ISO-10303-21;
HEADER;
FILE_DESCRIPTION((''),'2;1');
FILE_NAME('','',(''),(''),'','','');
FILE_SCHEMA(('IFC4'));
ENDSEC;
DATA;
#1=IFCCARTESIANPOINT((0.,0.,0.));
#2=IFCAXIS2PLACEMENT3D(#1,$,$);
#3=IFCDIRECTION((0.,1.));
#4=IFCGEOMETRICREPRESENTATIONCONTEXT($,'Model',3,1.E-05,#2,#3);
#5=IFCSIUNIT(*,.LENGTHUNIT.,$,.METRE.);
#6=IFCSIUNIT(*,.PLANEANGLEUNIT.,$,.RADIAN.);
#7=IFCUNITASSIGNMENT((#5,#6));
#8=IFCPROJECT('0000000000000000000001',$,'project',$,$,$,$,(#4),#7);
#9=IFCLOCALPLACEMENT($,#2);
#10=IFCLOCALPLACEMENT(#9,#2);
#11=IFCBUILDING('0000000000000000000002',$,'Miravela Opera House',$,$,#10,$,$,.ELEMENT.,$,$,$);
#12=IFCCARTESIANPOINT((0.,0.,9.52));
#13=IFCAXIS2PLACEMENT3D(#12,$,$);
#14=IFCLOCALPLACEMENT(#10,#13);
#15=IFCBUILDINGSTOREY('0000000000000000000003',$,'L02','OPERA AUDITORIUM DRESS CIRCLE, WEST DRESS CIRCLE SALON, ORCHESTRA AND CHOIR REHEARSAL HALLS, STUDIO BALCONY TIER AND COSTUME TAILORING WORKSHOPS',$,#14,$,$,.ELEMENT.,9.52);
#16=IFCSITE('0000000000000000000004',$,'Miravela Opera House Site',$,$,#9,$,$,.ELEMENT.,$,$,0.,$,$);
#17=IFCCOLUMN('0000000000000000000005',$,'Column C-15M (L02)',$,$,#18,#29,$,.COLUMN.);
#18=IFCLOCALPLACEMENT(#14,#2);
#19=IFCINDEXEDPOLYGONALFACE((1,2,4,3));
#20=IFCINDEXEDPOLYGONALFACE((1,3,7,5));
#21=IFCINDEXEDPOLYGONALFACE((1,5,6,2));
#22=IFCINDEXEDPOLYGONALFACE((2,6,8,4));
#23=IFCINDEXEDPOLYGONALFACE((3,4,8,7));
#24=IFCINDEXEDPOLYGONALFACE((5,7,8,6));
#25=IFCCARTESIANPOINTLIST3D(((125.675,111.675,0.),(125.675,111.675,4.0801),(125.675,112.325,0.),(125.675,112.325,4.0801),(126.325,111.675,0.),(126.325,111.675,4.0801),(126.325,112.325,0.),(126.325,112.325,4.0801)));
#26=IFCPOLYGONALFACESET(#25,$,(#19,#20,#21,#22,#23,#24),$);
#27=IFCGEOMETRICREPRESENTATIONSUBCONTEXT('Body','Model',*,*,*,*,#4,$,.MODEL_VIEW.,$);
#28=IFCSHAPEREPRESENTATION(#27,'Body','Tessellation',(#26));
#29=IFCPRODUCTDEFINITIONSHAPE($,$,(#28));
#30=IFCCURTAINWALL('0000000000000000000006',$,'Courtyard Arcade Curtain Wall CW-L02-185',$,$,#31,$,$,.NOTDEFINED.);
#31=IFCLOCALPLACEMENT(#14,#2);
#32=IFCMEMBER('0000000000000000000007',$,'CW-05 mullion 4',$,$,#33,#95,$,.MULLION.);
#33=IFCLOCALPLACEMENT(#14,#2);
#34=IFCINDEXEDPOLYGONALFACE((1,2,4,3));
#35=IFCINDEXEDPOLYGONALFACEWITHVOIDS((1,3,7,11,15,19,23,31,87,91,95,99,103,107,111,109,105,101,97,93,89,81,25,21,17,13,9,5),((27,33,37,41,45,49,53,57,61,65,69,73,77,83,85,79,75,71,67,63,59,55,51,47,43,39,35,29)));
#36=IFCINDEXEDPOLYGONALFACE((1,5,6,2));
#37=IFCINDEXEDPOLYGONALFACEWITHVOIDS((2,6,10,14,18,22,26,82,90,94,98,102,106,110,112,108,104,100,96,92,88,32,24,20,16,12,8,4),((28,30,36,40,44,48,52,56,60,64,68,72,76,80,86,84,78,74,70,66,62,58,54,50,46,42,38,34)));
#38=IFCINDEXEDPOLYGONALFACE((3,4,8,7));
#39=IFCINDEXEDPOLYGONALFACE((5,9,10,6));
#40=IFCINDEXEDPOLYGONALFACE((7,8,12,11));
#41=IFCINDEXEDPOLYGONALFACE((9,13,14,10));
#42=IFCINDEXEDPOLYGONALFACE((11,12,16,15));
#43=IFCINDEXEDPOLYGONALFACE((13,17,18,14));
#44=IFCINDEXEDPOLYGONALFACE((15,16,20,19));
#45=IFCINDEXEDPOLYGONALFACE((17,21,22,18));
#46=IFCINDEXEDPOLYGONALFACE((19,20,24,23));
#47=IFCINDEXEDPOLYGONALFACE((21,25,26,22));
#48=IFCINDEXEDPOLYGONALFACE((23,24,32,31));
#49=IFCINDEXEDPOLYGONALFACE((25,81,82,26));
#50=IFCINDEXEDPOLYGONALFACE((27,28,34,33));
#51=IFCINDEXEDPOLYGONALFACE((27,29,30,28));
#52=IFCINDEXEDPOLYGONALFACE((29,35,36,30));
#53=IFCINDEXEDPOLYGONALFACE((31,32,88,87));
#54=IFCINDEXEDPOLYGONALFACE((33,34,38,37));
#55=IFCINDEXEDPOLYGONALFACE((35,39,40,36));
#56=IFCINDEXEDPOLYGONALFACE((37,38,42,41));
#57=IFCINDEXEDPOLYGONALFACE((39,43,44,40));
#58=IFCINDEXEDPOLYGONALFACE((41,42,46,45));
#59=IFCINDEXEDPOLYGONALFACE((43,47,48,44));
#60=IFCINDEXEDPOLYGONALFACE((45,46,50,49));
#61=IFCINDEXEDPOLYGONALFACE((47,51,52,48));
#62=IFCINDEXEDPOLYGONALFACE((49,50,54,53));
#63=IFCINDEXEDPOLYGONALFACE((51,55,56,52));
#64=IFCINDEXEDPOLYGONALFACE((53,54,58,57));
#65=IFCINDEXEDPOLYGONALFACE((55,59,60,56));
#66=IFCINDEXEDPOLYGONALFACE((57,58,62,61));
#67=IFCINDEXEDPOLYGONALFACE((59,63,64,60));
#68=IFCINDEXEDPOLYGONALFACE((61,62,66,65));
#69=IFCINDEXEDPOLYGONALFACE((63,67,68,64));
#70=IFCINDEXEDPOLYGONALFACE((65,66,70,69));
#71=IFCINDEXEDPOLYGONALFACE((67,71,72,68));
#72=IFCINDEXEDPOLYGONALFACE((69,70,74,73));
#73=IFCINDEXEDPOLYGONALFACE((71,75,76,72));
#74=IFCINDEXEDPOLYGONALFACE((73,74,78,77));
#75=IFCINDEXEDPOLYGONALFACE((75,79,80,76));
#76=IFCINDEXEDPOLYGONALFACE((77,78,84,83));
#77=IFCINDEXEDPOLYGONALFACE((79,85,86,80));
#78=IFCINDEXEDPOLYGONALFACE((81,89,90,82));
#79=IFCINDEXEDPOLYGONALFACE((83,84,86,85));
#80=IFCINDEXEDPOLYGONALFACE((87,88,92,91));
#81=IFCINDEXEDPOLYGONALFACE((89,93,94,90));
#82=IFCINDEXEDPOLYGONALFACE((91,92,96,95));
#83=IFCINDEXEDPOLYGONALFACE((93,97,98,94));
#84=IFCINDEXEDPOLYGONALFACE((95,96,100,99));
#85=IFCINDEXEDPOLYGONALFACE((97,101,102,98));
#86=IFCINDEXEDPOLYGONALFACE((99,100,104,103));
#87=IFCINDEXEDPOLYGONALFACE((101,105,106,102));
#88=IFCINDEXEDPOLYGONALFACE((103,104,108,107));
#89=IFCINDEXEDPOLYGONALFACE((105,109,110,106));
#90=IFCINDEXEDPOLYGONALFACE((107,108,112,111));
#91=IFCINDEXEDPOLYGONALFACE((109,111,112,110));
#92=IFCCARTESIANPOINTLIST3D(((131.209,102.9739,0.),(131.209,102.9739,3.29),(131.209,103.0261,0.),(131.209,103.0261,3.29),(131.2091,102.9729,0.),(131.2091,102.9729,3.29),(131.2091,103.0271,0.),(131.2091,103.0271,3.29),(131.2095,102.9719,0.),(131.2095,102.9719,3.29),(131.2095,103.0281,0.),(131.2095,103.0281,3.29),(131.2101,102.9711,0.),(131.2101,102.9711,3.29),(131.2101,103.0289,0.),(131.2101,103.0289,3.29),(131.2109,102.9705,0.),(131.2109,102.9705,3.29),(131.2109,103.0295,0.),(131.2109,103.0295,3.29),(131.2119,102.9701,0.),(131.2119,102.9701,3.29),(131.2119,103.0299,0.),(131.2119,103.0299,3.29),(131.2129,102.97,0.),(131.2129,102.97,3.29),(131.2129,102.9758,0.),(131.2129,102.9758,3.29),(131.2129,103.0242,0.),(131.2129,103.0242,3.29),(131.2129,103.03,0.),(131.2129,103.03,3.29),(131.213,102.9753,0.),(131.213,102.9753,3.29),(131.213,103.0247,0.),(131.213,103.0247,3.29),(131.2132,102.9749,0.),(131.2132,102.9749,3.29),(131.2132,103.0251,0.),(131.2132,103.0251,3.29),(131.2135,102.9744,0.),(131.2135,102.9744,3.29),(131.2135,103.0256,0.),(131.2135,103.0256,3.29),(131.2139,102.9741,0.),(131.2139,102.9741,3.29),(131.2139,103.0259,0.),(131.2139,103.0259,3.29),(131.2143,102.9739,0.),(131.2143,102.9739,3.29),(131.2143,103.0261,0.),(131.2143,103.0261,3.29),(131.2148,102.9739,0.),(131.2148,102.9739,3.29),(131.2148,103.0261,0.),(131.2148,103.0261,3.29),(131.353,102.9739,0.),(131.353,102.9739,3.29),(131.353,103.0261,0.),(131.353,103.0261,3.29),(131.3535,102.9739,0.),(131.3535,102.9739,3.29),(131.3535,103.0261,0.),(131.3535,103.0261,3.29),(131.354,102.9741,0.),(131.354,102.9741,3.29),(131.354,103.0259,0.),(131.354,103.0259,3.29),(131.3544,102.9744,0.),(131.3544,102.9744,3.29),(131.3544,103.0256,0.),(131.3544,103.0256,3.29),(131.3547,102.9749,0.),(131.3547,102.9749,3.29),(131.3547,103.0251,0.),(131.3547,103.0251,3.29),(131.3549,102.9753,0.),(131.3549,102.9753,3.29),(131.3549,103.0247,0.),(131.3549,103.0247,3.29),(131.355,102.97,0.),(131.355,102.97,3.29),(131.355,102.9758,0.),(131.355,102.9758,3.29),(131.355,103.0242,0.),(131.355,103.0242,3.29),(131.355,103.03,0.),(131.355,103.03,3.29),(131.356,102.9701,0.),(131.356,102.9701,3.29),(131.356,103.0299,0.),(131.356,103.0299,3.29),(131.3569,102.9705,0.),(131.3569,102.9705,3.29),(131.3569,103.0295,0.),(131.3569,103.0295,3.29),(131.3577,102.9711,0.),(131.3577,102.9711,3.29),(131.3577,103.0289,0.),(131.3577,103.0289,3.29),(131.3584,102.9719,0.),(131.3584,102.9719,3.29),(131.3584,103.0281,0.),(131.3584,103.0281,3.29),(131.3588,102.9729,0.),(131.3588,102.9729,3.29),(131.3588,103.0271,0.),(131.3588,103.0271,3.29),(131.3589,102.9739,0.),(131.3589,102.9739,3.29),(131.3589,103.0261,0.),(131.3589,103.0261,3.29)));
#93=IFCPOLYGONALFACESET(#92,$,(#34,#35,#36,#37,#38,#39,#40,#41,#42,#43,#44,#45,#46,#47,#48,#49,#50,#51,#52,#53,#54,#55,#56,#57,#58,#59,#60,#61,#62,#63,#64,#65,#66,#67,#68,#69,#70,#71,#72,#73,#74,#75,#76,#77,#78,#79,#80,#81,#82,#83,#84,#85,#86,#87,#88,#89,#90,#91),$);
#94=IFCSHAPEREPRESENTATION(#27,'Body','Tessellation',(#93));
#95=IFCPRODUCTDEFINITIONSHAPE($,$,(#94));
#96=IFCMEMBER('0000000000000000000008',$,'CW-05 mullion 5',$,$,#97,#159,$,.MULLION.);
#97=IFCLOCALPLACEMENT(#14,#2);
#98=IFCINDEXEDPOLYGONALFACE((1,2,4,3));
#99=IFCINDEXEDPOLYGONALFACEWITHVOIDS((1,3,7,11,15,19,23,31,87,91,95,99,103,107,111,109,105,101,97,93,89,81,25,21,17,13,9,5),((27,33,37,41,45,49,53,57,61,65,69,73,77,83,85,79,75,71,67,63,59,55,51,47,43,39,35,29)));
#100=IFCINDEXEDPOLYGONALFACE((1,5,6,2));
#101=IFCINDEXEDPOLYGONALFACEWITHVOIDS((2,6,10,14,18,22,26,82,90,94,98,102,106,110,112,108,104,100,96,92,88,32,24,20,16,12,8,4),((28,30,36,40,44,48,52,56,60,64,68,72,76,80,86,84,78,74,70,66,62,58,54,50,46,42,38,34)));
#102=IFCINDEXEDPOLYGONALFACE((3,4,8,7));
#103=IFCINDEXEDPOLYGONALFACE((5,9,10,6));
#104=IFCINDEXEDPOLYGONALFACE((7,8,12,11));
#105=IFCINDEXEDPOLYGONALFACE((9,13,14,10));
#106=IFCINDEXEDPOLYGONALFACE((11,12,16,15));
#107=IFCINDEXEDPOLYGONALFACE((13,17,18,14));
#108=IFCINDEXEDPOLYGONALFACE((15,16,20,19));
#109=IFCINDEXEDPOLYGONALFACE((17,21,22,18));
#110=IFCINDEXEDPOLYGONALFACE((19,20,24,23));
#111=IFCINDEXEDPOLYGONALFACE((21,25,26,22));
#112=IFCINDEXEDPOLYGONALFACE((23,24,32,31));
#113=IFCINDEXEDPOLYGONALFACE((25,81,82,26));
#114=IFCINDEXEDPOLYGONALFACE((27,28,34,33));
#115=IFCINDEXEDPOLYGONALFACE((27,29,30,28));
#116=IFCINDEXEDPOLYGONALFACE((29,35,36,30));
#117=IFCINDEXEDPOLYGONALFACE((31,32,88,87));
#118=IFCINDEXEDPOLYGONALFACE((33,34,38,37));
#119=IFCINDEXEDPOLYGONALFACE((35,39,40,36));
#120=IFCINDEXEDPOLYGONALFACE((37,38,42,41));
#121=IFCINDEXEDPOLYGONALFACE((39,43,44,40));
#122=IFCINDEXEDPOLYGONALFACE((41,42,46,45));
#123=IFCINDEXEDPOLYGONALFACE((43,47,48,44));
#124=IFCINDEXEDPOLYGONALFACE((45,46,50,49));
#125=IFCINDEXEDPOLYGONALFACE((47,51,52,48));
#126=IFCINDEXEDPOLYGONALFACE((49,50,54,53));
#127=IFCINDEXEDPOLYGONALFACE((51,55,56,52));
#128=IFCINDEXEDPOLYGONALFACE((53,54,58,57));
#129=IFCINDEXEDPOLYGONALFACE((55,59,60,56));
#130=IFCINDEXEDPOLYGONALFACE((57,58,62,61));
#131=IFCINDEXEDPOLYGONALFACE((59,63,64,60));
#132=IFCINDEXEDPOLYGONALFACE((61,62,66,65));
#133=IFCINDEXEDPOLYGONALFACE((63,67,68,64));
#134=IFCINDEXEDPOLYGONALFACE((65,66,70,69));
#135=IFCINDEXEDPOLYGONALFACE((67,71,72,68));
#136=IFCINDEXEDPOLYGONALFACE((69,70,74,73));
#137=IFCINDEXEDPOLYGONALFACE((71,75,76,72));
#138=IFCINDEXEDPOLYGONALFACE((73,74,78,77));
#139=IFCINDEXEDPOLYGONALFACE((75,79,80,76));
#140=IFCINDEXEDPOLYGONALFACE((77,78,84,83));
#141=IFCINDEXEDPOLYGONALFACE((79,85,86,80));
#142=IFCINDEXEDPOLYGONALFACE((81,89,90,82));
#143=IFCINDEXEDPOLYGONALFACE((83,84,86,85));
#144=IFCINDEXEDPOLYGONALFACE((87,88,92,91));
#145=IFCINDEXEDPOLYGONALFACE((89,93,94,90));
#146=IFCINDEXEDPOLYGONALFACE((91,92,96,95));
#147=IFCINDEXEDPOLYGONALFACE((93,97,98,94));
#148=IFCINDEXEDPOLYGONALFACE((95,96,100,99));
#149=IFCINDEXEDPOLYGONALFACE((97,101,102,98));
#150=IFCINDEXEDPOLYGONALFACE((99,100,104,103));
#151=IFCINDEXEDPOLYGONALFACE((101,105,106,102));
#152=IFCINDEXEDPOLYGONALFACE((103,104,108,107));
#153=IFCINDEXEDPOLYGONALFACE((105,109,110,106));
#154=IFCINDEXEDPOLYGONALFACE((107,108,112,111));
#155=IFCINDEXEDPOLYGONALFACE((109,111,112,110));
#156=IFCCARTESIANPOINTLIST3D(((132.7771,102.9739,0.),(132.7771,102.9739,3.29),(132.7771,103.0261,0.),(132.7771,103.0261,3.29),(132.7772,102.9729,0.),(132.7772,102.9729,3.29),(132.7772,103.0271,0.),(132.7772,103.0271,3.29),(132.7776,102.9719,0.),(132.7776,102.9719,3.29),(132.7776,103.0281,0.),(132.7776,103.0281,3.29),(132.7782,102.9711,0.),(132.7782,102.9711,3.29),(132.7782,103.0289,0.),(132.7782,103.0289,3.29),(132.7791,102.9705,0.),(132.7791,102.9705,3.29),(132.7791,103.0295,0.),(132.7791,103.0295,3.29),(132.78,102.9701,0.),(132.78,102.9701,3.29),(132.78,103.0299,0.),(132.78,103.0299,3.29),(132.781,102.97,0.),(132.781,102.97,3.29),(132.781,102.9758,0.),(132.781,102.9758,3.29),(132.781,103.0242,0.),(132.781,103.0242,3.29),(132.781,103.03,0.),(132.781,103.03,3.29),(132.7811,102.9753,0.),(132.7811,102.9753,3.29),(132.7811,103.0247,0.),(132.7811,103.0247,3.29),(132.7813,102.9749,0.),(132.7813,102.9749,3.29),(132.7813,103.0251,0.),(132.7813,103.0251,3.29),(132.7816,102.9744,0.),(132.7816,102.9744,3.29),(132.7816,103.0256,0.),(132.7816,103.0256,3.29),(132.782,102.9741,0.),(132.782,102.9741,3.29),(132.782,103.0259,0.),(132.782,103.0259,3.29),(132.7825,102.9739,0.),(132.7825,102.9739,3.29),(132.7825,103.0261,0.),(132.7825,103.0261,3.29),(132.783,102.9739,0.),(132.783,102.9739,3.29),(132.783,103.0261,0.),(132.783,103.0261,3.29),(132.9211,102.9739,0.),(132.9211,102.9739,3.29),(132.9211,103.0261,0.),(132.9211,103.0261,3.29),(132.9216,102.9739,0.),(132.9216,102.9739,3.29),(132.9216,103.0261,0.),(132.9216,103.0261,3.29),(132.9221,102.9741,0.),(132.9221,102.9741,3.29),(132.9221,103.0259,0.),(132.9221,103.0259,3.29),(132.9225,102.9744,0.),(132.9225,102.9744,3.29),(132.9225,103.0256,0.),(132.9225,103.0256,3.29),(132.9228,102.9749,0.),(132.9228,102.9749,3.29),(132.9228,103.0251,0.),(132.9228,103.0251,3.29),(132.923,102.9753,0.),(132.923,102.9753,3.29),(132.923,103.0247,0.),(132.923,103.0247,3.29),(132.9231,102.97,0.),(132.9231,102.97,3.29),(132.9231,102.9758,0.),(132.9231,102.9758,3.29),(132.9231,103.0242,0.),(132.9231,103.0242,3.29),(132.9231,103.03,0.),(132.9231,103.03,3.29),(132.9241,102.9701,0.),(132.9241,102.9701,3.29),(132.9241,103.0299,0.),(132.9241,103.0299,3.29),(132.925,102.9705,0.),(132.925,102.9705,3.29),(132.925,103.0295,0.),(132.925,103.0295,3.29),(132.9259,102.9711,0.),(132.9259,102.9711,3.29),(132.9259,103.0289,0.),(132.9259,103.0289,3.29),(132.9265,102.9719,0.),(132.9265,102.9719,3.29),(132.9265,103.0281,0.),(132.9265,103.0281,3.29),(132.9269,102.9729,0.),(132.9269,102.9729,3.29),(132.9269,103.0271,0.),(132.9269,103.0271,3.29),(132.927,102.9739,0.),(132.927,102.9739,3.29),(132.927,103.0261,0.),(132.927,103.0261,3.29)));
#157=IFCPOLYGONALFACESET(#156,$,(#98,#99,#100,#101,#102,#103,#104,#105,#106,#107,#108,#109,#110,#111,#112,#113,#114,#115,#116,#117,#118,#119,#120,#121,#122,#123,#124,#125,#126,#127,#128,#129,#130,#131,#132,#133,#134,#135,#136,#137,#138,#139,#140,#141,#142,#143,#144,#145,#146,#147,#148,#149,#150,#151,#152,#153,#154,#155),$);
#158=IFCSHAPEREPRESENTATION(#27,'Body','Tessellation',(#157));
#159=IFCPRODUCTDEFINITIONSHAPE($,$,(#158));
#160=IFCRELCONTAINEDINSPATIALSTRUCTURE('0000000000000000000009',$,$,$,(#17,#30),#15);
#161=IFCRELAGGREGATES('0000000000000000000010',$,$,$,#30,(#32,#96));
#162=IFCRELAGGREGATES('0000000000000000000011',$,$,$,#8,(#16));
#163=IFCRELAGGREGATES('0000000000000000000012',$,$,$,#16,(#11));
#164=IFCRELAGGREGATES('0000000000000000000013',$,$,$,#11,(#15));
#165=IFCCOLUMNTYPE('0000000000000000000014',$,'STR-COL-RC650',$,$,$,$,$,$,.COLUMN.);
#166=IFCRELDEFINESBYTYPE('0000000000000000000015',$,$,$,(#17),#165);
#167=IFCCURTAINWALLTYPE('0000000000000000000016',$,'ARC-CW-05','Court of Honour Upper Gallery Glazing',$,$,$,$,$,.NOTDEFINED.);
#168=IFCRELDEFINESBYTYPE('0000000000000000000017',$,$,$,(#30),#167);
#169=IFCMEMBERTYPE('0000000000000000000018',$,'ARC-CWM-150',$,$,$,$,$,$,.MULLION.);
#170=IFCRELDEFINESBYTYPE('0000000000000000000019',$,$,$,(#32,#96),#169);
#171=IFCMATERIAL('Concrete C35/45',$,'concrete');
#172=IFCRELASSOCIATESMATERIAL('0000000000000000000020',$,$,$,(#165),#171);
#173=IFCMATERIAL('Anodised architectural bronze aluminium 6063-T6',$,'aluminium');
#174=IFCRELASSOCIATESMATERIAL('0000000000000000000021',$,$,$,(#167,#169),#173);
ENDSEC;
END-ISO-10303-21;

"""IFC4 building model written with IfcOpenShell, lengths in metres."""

from ifc_helpers import new_model, si_unit, direction, frame, origin, origin_2d, place, context, subcontext, project, spatial, rectangle, hollow_rectangle, extrude, material, material_profile, profile_set, type_object, element, aggregate, save


model = new_model("IFC4")

# Units and contexts
model_context = context("Model", 3, precision=1e-05, world=origin(), true_north=direction((0.0, 1.0)))
body_context = subcontext(model_context, "Body", "Model", "MODEL_VIEW")
ifc_project = project(units=[si_unit("LENGTHUNIT", "METRE"), si_unit("PLANEANGLEUNIT", "RADIAN")], contexts=[model_context])

# Site, building, storey
site_placement = place(None, origin())
site = spatial("IfcSite", under=ifc_project, at=site_placement, Name="Miravela Opera House Site", CompositionType="ELEMENT", RefElevation=0.0)
building_placement = place(site_placement, origin())
building = spatial("IfcBuilding", under=site, at=building_placement, Name="Miravela Opera House", CompositionType="ELEMENT")
storey_placement = place(building_placement, frame((0.0, 0.0, 9.52)))
storey = spatial("IfcBuildingStorey", under=building, at=storey_placement, Name="L02", Description="OPERA AUDITORIUM DRESS CIRCLE, WEST DRESS CIRCLE SALON, ORCHESTRA AND CHOIR REHEARSAL HALLS, STUDIO BALCONY TIER AND COSTUME TAILORING WORKSHOPS", CompositionType="ELEMENT", Elevation=9.52)

# Column
ifc_material_1 = material(Name="Concrete C35/45", Category="concrete")
ifc_material_profile_1 = material_profile(ifc_material_1, rectangle(XDim=0.6499, YDim=0.6499, at=origin_2d()), Name="RC-COL-650X650")
ifc_profile_set_1 = profile_set([ifc_material_profile_1])
column_type = type_object("IfcColumnType", Name="STR-COL-RC650", PredefinedType="COLUMN", material=ifc_profile_set_1)
column_placement = place(storey_placement, frame((126.0, 112.0, 0.0), z_axis=(0.0, 0.0, 1.0), x_axis=(1.0, 0.0, 0.0)))
element("IfcColumn", 1, at=column_placement, inside=storey, type_object=column_type, Name="Column C-15M (L02)", PredefinedType="COLUMN", context=body_context, shape_type="SweptSolid", body=[
    extrude(rectangle(XDim=0.6499, YDim=0.6499, at=origin_2d()), origin(), (0.0, 0.0, 1.0), 4.0801),
])

# Curtain wall, members
ifc_material_2 = material(Name="Anodised architectural bronze aluminium 6063-T6", Category="aluminium")
curtain_wall_type = type_object("IfcCurtainWallType", Name="ARC-CW-05", Description="Court of Honour Upper Gallery Glazing", PredefinedType="NOTDEFINED", material=ifc_material_2)
curtain_wall_placement = place(storey_placement, origin())
curtain_wall = element("IfcCurtainWall", 2, at=curtain_wall_placement, inside=storey, type_object=curtain_wall_type, Name="Courtyard Arcade Curtain Wall CW-L02-185", PredefinedType="NOTDEFINED")
ifc_material_profile_2 = material_profile(ifc_material_2, hollow_rectangle(XDim=0.0601, YDim=0.1499, WallThickness=0.0039, InnerFilletRadius=0.002, OuterFilletRadius=0.0039, at=origin_2d()), Name="CWM-60X150")
ifc_profile_set_2 = profile_set([ifc_material_profile_2])
member_type_1 = type_object("IfcMemberType", Name="ARC-CWM-150", PredefinedType="MULLION", material=ifc_profile_set_2)
member_1_placement = place(storey_placement, frame((131.2839, 103.0, 0.0), z_axis=(0.0, 0.0, 1.0), x_axis=(0.0, 1.0, 0.0)))
member_1 = element("IfcMember", 3, at=member_1_placement, type_object=member_type_1, Name="CW-05 mullion 4", PredefinedType="MULLION", context=body_context, shape_type="SweptSolid", body=[
    extrude(hollow_rectangle(XDim=0.0601, YDim=0.1499, WallThickness=0.0039, InnerFilletRadius=0.002, OuterFilletRadius=0.0039, at=origin_2d()), origin(), (0.0, 0.0, 1.0), 3.29),
])
member_2_placement = place(storey_placement, frame((132.8521, 103.0, 0.0), z_axis=(0.0, 0.0, 1.0), x_axis=(0.0, 1.0, 0.0)))
member_2 = element("IfcMember", 4, at=member_2_placement, type_object=member_type_1, Name="CW-05 mullion 5", PredefinedType="MULLION", context=body_context, shape_type="SweptSolid", body=[
    extrude(hollow_rectangle(XDim=0.0601, YDim=0.1499, WallThickness=0.0039, InnerFilletRadius=0.002, OuterFilletRadius=0.0039, at=origin_2d()), origin(), (0.0, 0.0, 1.0), 3.29),
])

aggregate(curtain_wall, [member_1, member_2])

save(model, "model.ifc")
